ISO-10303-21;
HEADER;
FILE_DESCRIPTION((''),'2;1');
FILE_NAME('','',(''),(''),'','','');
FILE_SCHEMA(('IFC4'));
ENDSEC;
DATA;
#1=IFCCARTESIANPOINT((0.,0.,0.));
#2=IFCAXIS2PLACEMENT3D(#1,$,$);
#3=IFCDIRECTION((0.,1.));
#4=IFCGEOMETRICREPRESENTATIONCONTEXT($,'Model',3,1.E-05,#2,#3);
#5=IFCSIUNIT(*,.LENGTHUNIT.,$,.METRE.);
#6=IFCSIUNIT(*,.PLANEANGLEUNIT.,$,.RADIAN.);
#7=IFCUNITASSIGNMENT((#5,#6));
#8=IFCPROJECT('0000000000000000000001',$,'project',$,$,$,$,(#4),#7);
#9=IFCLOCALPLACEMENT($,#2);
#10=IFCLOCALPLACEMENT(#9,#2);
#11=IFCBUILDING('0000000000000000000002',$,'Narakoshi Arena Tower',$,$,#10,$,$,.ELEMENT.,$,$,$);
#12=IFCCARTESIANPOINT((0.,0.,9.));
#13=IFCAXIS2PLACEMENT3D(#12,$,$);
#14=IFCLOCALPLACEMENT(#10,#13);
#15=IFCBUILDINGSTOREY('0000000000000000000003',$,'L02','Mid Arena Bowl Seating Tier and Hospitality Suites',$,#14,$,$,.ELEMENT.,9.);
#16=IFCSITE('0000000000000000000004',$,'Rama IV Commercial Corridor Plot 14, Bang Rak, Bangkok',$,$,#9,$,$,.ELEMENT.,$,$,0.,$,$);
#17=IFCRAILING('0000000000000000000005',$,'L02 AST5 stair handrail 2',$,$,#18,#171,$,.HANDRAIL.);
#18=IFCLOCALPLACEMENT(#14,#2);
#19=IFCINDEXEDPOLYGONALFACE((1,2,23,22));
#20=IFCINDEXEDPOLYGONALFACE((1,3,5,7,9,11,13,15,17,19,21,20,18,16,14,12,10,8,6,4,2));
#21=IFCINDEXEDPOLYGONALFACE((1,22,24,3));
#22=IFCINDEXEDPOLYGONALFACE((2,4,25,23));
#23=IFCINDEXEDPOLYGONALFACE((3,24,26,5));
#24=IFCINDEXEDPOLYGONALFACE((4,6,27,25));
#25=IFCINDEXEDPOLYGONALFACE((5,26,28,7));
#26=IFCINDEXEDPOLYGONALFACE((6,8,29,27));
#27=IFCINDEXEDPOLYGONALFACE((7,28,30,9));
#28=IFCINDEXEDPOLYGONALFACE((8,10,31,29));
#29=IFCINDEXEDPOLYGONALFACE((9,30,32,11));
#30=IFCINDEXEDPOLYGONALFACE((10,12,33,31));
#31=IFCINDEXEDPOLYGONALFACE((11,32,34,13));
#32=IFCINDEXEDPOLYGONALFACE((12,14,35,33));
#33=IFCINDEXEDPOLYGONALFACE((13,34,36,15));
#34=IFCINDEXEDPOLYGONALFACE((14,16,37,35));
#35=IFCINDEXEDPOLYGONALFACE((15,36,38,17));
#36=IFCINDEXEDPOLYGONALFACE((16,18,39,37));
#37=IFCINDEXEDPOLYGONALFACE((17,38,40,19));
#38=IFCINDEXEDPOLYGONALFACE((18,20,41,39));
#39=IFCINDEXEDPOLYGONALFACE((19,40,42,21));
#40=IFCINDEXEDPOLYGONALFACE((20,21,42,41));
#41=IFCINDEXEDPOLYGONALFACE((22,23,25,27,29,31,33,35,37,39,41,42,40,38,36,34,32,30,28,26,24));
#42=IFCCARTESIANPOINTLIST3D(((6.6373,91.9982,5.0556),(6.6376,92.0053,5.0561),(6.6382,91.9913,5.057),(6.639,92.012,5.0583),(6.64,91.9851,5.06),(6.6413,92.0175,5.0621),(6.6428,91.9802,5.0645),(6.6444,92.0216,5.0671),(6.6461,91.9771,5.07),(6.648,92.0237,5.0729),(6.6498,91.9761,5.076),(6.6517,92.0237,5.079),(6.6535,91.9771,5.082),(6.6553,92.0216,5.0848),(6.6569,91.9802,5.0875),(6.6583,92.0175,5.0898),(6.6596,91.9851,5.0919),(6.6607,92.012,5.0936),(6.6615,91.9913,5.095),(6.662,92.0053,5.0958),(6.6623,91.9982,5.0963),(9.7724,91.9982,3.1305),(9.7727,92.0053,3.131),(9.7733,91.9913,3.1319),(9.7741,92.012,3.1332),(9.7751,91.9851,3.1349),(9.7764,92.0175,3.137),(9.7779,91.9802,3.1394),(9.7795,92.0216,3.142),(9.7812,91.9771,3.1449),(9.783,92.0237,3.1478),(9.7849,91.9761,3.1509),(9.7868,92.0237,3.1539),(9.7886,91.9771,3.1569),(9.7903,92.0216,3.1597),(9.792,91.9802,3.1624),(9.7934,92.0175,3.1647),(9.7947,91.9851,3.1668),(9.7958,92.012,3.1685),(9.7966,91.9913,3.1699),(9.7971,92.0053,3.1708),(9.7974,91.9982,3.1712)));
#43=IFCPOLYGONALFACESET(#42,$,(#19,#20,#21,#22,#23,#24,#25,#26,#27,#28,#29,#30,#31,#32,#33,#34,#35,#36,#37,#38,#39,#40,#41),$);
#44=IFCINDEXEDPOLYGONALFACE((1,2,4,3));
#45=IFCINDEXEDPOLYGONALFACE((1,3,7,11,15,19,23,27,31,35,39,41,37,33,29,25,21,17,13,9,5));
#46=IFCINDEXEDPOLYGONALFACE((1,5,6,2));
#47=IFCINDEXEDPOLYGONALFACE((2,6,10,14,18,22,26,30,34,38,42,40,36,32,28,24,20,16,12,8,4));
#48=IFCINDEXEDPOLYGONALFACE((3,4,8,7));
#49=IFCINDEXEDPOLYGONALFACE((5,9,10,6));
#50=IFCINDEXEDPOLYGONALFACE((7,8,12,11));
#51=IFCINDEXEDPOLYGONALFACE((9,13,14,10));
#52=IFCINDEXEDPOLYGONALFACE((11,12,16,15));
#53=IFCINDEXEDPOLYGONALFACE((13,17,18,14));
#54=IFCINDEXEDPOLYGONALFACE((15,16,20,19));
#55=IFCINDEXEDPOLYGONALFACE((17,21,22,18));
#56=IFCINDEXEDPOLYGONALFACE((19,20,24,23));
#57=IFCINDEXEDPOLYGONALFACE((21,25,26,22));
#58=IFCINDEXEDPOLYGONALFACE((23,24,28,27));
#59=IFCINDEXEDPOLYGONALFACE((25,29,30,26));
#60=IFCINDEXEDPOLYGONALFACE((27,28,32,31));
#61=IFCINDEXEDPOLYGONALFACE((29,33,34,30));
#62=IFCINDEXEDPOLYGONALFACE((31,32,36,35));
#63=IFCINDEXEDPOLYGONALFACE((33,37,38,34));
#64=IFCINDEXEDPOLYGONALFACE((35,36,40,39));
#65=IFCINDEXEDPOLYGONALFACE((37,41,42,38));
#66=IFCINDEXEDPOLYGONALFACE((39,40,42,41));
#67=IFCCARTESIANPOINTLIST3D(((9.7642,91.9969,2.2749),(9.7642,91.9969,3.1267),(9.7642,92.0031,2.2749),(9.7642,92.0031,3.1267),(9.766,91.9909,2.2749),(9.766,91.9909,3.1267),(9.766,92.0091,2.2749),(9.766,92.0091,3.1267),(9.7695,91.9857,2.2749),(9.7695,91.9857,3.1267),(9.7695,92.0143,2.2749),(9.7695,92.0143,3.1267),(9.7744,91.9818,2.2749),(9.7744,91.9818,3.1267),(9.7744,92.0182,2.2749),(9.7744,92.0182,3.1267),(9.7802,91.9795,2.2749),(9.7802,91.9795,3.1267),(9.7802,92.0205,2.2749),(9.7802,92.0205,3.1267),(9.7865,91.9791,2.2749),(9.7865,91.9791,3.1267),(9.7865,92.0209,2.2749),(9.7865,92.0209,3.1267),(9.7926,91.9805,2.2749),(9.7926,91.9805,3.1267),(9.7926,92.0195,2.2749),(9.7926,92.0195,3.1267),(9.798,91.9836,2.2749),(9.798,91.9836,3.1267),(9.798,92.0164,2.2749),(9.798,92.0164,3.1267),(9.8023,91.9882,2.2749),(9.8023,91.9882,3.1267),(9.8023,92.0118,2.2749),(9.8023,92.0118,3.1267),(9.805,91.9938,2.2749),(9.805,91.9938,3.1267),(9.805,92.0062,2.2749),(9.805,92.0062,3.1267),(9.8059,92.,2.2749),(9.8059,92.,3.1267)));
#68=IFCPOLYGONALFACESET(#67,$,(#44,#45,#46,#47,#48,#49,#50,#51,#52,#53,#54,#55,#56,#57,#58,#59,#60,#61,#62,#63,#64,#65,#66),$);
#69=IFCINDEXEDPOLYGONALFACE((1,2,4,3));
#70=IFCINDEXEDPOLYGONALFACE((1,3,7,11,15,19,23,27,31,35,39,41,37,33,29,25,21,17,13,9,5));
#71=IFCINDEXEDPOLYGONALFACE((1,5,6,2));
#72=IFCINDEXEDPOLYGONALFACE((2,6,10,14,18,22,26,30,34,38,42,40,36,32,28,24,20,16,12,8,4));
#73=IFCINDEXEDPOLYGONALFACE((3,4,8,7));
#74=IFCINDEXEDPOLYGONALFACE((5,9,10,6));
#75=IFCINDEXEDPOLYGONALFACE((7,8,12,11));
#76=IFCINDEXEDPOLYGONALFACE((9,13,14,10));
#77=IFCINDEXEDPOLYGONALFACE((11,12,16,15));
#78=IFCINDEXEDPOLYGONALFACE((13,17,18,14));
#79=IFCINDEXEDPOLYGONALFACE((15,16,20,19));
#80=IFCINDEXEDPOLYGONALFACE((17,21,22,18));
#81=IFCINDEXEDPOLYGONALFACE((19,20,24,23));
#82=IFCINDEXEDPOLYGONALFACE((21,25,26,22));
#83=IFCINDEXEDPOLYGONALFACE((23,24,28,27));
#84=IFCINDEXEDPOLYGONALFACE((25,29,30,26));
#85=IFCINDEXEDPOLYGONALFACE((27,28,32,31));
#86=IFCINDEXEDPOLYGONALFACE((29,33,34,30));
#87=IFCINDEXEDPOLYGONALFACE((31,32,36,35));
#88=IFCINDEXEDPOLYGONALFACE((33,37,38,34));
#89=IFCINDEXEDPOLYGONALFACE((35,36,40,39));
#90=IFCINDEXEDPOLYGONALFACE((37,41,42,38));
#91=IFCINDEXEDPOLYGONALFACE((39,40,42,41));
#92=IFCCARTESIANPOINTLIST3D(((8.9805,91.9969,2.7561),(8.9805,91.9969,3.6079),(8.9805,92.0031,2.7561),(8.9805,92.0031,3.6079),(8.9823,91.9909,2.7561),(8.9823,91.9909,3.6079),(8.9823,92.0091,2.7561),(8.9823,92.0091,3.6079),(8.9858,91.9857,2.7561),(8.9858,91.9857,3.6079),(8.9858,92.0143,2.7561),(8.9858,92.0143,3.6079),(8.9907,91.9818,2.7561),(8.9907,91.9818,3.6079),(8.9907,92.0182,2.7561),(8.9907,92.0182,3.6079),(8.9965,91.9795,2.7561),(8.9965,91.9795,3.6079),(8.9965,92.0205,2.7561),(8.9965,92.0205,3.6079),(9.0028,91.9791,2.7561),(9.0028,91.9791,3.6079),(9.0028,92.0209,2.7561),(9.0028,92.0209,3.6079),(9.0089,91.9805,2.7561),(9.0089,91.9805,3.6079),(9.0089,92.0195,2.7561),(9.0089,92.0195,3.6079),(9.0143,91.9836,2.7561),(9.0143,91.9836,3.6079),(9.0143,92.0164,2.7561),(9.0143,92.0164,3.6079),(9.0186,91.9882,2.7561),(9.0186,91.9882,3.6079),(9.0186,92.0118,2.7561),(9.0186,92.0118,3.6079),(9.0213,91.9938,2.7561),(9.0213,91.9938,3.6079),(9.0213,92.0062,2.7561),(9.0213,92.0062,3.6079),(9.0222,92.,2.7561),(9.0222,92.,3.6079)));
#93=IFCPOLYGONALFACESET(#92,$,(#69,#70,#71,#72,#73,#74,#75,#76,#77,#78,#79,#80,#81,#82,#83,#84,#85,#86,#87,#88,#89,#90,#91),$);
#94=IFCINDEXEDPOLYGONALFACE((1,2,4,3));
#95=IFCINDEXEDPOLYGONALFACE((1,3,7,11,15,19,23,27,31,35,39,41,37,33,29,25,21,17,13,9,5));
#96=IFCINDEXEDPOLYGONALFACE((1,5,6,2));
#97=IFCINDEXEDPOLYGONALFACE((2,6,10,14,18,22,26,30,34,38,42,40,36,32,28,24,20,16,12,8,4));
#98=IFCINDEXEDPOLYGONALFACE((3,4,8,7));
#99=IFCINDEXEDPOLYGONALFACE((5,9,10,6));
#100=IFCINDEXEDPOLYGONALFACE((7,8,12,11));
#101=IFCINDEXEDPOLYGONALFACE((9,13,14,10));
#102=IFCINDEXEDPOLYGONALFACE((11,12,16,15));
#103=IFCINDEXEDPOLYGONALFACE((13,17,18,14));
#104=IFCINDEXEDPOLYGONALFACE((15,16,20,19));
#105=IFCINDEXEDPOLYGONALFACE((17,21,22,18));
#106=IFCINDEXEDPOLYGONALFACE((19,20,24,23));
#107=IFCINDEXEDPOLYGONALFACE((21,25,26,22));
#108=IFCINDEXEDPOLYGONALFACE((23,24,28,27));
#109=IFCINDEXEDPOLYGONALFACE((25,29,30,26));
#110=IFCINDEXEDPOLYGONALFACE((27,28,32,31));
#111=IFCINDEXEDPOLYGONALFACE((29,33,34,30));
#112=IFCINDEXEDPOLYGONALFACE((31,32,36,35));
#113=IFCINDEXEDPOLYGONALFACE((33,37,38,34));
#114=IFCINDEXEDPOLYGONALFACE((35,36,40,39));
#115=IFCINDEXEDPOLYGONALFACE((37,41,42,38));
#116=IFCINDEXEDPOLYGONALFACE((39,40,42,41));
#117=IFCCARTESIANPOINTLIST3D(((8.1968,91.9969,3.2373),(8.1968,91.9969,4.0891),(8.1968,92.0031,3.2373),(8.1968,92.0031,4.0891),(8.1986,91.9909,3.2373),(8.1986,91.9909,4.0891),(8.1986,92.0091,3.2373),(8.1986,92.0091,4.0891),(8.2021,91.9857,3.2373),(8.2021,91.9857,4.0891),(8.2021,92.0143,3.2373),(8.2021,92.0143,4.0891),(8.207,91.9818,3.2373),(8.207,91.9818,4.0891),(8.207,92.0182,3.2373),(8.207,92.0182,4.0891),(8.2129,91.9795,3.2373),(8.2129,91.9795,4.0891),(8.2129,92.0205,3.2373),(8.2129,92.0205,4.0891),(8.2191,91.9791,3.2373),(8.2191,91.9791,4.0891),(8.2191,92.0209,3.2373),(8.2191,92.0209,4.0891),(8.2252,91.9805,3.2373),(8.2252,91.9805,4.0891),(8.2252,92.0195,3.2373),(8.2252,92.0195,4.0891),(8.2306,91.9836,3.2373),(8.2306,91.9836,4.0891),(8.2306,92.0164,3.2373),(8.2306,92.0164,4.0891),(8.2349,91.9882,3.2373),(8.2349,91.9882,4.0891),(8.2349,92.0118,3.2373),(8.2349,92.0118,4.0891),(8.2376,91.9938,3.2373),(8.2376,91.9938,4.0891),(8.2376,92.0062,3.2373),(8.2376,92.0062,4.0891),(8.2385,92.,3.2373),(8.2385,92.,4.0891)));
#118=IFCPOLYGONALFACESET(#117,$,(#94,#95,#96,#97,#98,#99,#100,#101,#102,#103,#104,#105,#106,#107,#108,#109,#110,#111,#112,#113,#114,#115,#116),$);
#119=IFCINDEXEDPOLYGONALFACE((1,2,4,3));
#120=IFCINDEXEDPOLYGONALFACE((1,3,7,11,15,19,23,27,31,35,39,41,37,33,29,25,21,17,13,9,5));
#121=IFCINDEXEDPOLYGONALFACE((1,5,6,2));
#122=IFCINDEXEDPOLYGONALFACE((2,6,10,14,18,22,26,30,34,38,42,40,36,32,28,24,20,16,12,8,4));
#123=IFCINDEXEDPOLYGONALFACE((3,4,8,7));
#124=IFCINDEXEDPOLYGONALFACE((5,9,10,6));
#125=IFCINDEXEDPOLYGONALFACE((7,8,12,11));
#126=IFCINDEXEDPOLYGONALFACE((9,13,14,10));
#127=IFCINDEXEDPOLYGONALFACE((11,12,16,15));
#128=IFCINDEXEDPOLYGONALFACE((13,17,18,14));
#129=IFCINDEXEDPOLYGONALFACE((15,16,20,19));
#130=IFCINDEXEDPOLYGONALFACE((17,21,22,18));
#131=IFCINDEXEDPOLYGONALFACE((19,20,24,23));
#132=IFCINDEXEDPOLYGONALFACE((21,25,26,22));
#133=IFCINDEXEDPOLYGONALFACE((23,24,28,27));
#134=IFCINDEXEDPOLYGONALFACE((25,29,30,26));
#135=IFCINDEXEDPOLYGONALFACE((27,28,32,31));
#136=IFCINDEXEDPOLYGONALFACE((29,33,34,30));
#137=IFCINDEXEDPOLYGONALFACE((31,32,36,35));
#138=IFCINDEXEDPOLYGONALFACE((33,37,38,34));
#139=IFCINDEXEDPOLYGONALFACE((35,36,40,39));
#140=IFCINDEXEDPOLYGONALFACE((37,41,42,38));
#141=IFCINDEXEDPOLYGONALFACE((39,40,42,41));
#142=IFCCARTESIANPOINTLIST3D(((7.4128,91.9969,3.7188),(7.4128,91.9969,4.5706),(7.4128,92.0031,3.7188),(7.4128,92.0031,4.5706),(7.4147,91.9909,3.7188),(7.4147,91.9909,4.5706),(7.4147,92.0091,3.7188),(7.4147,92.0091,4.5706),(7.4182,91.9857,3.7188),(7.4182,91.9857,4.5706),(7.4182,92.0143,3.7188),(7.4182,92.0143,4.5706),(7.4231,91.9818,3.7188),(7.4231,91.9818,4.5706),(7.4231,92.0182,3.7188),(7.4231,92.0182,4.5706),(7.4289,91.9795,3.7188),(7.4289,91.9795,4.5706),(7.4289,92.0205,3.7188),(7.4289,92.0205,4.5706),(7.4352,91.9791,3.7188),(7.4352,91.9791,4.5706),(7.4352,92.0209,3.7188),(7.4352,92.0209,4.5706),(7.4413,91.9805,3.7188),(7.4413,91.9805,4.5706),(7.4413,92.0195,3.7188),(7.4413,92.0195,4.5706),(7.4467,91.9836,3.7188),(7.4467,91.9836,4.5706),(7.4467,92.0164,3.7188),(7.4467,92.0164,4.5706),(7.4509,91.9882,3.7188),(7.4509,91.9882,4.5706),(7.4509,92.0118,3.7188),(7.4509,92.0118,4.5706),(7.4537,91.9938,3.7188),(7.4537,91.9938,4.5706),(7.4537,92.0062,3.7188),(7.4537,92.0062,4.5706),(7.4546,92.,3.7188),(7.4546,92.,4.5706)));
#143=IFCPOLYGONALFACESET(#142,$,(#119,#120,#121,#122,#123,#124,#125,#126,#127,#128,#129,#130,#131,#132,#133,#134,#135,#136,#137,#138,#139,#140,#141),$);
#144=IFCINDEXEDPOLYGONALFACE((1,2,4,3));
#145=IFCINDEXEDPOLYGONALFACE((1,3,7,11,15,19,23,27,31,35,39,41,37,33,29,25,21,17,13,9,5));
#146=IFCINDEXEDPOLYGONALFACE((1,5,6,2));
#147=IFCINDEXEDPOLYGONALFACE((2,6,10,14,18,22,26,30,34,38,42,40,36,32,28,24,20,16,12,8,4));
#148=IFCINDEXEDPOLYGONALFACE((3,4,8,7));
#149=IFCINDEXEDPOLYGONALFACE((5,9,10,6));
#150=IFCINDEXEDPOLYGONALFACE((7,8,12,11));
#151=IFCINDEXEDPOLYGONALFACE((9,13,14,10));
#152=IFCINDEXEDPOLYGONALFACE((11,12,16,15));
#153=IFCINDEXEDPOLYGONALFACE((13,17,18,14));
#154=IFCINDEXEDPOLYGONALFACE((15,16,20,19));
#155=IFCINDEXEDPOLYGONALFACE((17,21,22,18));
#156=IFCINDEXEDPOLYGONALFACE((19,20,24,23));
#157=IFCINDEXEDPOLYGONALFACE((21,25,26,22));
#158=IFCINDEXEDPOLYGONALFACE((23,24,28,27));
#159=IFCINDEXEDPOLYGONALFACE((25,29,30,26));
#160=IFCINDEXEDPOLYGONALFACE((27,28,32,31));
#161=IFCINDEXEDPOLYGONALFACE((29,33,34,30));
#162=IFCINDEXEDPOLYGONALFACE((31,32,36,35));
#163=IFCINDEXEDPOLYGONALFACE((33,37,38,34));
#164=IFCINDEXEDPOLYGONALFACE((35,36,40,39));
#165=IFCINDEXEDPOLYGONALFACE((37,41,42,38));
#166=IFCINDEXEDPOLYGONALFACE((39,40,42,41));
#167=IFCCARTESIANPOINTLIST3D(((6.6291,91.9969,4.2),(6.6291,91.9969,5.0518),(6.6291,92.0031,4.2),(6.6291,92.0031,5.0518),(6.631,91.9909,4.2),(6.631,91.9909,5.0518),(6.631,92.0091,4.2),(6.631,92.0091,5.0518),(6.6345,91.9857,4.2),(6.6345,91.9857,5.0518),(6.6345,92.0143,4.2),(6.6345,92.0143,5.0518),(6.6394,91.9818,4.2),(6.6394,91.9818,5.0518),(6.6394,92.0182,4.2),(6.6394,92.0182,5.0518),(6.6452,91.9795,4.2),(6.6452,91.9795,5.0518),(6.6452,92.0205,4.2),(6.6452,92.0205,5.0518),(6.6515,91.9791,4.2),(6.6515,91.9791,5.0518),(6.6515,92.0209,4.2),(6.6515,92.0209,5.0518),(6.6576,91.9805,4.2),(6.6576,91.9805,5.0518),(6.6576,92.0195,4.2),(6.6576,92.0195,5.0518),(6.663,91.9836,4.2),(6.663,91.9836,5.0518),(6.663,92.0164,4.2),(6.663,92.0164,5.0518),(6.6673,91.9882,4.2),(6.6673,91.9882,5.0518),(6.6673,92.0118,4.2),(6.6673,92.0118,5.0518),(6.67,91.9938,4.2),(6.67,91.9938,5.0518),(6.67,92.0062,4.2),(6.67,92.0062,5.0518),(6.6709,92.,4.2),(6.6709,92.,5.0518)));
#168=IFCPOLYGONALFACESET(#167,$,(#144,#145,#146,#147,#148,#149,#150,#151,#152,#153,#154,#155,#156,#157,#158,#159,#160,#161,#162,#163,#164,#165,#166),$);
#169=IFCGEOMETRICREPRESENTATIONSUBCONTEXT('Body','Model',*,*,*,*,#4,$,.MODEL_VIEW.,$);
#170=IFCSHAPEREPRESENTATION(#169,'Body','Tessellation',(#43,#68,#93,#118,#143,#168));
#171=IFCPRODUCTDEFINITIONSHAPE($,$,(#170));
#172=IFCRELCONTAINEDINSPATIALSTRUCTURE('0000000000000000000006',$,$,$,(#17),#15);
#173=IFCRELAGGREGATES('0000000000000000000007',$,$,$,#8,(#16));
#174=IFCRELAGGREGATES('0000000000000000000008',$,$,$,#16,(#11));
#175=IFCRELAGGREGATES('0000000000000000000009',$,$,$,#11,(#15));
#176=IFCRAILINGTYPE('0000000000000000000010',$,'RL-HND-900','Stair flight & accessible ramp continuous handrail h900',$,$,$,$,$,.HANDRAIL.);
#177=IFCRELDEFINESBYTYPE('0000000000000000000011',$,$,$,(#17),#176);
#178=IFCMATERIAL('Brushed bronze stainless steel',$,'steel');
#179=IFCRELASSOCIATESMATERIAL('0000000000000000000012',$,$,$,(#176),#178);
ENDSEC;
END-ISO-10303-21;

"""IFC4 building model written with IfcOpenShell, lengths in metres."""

from ifc_helpers import new_model, si_unit, direction, frame, origin, origin_2d, place, context, subcontext, project, spatial, circle, extrude, material, type_object, element, save


model = new_model("IFC4")

# Units and contexts
model_context = context("Model", 3, precision=1e-05, world=origin(), true_north=direction((0.0, 1.0)))
body_context = subcontext(model_context, "Body", "Model", "MODEL_VIEW")
ifc_project = project(units=[si_unit("LENGTHUNIT", "METRE"), si_unit("PLANEANGLEUNIT", "RADIAN")], contexts=[model_context])

# Site, building, storey
site_placement = place(None, origin())
site = spatial("IfcSite", under=ifc_project, at=site_placement, Name="Rama IV Commercial Corridor Plot 14, Bang Rak, Bangkok", CompositionType="ELEMENT", RefElevation=0.0)
building_placement = place(site_placement, origin())
building = spatial("IfcBuilding", under=site, at=building_placement, Name="Narakoshi Arena Tower", CompositionType="ELEMENT")
storey_placement = place(building_placement, frame((0.0, 0.0, 9.0)))
storey = spatial("IfcBuildingStorey", under=building, at=storey_placement, Name="L02", Description="Mid Arena Bowl Seating Tier and Hospitality Suites", CompositionType="ELEMENT", Elevation=9.0)

# Railing
ifc_material_1 = material(Name="Brushed bronze stainless steel", Category="steel")
railing_type_1 = type_object("IfcRailingType", Name="RL-HND-900", Description="Stair flight & accessible ramp continuous handrail h900", PredefinedType="HANDRAIL", material=ifc_material_1)
railing_1_placement = place(storey_placement, frame((9.7849, 92.0, 2.2749)))
element("IfcRailing", 1, at=railing_1_placement, inside=storey, type_object=railing_type_1, Name="L02 AST5 stair handrail 2", PredefinedType="HANDRAIL", context=body_context, shape_type="SweptSolid", body=[
    extrude(circle(Radius=0.0239, at=origin_2d()), frame((0.0, 0.0, 0.876), z_axis=(-0.852166, 0.0, 0.523271), x_axis=(0.0, -1.0, 0.0)), (0.0, 0.0, 1.0), 3.679),
    extrude(circle(Radius=0.021, at=origin_2d()), origin(), (0.0, 0.0, 1.0), 0.8518),
    extrude(circle(Radius=0.021, at=origin_2d()), frame((-0.7837, 0.0, 0.4812)), (0.0, 0.0, 1.0), 0.8518),
    extrude(circle(Radius=0.021, at=origin_2d()), frame((-1.5674, 0.0, 0.9624)), (0.0, 0.0, 1.0), 0.8518),
    extrude(circle(Radius=0.021, at=origin_2d()), frame((-2.3513, 0.0, 1.4438)), (0.0, 0.0, 1.0), 0.8518),
    extrude(circle(Radius=0.021, at=origin_2d()), frame((-3.135, 0.0, 1.925)), (0.0, 0.0, 1.0), 0.8518),
])

save(model, "model.ifc")
